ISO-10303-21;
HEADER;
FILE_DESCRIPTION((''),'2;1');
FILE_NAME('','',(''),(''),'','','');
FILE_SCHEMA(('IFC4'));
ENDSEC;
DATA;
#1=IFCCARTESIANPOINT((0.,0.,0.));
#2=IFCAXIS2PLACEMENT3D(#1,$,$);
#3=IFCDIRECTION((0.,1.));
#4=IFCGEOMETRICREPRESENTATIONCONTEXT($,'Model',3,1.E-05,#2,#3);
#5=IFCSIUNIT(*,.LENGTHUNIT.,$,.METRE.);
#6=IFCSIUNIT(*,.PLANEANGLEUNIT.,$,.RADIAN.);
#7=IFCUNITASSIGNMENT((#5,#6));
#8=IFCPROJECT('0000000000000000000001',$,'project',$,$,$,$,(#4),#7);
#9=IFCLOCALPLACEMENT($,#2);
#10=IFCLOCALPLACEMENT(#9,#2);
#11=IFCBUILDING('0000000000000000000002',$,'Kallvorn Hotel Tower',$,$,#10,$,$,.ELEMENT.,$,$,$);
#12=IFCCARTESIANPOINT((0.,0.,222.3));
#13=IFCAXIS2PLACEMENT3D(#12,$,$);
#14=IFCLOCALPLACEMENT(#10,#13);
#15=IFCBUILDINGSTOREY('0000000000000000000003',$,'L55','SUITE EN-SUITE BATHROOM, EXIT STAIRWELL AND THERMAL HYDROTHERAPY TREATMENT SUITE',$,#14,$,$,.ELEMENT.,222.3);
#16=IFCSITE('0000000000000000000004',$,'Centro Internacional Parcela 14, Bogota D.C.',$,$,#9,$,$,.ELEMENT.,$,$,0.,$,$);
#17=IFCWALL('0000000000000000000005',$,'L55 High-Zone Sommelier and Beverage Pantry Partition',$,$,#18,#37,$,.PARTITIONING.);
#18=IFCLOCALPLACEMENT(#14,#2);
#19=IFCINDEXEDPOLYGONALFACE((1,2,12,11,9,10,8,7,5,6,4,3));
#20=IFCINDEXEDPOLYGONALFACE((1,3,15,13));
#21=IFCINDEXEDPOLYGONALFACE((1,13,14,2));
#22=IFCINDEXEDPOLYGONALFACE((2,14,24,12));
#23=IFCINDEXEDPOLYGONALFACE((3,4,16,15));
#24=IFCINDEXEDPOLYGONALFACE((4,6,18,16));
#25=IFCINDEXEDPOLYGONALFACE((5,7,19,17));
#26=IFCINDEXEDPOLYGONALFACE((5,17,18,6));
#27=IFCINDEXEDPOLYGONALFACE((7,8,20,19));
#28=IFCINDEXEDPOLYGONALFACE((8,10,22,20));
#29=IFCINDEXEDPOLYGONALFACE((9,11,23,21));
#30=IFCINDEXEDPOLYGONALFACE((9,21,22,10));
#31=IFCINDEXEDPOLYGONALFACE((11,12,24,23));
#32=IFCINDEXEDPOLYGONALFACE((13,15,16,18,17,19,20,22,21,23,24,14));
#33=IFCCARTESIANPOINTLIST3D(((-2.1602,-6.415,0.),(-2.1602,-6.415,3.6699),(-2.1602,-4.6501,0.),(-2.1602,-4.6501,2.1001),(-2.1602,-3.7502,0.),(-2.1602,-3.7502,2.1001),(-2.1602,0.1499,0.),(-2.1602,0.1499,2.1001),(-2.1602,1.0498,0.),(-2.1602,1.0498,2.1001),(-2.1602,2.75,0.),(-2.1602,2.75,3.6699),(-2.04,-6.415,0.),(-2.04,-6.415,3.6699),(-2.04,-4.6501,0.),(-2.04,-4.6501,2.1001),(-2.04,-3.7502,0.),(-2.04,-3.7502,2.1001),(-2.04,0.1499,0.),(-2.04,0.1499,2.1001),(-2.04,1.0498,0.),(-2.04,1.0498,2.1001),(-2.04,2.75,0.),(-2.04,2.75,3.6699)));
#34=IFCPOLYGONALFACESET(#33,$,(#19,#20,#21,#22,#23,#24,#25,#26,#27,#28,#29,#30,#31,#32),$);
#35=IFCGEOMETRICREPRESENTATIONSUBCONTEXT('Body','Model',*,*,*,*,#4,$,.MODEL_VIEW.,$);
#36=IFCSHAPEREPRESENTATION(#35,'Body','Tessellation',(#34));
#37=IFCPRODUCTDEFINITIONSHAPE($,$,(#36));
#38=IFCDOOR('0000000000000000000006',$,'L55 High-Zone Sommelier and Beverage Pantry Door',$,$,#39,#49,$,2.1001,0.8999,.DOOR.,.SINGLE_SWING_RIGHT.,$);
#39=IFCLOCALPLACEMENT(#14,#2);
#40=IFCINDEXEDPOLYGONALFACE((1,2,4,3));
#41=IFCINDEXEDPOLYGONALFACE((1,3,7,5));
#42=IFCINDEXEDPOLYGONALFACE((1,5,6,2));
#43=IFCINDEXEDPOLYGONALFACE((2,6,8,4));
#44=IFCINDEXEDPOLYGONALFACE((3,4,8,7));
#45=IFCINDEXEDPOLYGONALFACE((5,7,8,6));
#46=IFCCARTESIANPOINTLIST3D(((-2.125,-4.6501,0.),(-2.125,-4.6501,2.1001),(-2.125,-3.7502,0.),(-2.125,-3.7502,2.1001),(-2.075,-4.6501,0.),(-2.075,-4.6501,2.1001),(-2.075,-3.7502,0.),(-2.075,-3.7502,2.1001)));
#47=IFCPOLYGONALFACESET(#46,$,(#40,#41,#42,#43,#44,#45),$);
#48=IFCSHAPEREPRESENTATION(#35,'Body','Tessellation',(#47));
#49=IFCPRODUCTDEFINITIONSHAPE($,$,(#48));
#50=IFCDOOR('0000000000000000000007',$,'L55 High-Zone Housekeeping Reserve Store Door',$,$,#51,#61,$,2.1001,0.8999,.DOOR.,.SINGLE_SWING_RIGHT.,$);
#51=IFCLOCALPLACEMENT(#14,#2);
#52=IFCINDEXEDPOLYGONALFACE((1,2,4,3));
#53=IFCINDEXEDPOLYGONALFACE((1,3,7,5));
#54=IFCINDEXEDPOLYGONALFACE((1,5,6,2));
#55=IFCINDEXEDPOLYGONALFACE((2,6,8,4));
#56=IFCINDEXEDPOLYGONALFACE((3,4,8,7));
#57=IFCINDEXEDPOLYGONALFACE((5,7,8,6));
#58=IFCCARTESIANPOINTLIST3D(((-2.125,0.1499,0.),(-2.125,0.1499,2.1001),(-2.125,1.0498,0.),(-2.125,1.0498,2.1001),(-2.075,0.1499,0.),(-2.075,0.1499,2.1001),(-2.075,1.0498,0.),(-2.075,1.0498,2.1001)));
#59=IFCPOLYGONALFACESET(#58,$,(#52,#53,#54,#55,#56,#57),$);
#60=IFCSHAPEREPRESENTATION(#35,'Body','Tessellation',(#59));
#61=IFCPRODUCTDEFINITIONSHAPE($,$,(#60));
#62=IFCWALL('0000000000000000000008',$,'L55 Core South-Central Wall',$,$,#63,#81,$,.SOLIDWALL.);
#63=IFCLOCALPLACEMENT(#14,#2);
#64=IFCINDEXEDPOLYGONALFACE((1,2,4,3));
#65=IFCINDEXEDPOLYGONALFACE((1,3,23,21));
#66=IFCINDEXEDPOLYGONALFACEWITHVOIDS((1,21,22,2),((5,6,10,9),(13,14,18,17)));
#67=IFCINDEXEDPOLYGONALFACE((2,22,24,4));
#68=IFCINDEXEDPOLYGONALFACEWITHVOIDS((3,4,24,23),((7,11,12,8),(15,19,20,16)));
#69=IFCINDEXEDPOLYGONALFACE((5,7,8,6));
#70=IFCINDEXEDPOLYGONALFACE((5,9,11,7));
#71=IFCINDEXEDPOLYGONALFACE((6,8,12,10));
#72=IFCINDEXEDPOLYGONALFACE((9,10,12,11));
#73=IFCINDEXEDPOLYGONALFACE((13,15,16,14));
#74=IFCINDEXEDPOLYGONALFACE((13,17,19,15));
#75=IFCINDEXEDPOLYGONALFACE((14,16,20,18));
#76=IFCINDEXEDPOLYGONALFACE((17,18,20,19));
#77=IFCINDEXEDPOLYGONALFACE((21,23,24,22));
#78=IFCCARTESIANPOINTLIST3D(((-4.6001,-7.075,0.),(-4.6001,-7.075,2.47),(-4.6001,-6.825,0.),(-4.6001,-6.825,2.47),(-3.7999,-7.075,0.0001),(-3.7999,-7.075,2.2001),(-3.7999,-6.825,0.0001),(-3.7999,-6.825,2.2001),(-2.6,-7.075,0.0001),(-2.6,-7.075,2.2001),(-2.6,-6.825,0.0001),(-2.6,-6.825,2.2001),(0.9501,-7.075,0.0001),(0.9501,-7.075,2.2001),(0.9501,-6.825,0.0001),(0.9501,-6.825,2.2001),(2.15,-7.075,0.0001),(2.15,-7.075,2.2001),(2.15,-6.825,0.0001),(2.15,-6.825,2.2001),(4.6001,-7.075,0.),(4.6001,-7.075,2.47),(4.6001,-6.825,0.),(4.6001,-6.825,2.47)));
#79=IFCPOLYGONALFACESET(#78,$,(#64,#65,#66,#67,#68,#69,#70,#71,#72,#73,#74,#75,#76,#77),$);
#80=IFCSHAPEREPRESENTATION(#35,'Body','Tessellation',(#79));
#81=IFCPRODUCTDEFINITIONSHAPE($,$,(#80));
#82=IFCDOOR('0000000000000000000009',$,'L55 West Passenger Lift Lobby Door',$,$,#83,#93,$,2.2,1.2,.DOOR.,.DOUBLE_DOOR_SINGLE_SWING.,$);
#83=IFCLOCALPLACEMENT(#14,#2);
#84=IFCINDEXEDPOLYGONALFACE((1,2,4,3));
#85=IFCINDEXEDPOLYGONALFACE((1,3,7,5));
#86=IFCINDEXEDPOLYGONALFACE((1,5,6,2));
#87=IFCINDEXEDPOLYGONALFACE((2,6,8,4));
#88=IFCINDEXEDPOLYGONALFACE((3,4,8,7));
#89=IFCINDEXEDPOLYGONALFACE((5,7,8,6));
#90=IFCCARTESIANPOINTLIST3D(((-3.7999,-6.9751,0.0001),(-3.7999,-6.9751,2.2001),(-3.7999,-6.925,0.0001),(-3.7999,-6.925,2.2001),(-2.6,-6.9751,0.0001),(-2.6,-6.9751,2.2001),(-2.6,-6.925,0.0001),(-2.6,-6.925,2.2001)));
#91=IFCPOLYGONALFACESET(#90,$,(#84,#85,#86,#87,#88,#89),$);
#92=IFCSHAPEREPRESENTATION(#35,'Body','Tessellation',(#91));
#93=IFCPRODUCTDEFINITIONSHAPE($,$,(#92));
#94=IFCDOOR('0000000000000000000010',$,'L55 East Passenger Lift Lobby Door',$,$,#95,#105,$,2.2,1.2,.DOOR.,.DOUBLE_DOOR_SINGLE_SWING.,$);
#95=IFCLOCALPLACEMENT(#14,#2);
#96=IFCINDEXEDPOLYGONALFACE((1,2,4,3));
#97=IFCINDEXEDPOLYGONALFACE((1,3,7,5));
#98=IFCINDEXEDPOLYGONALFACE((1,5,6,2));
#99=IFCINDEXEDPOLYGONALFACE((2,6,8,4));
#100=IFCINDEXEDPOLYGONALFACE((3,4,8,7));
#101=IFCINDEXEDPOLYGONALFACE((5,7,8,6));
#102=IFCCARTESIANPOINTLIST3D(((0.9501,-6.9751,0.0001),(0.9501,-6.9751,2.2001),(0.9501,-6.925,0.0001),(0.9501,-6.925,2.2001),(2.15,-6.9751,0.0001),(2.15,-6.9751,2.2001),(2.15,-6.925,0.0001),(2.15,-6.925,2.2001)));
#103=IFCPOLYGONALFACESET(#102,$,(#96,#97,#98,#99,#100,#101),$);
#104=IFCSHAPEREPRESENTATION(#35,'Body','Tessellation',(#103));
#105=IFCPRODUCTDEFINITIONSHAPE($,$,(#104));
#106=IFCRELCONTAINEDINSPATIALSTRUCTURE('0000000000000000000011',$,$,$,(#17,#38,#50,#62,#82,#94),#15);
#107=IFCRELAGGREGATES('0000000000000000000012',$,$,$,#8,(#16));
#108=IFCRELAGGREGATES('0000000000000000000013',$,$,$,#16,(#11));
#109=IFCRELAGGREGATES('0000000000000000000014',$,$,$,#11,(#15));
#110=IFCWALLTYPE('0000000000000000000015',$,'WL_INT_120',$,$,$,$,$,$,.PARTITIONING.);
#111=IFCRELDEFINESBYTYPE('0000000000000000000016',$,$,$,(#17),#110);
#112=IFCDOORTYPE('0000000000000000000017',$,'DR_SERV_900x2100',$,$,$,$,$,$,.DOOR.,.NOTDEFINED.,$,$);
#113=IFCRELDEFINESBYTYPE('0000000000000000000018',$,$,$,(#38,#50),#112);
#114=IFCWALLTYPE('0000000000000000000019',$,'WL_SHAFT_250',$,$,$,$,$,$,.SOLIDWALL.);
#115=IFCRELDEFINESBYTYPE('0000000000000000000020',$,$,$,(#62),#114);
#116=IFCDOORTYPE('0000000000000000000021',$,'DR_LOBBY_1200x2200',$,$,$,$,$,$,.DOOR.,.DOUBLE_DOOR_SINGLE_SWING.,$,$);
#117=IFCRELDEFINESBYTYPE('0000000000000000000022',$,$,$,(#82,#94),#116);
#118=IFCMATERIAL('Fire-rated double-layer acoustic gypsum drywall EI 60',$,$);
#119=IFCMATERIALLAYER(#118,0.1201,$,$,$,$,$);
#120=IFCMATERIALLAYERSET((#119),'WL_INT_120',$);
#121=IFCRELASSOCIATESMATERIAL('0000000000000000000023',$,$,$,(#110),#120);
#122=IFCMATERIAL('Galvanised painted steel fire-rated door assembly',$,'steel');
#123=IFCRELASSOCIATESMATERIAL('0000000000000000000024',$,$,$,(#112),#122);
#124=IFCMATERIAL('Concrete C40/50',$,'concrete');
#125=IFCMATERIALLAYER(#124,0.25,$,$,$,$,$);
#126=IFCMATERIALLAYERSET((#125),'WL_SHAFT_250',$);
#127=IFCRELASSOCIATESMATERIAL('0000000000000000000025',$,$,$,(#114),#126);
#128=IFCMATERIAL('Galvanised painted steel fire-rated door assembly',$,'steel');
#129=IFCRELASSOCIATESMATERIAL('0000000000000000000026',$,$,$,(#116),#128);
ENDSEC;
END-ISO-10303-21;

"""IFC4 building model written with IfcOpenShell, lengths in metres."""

from ifc_helpers import new_model, si_unit, direction, frame, frame_2d, origin, place, context, subcontext, project, spatial, rectangle, extrude, material, layer, layer_set, type_object, element, fill, save


model = new_model("IFC4")

# Units and contexts
model_context = context("Model", 3, precision=1e-05, world=origin(), true_north=direction((0.0, 1.0)))
body_context = subcontext(model_context, "Body", "Model", "MODEL_VIEW")
ifc_project = project(units=[si_unit("LENGTHUNIT", "METRE"), si_unit("PLANEANGLEUNIT", "RADIAN")], contexts=[model_context])

# Site, building, storey
site_placement = place(None, origin())
site = spatial("IfcSite", under=ifc_project, at=site_placement, Name="Centro Internacional Parcela 14, Bogota D.C.", CompositionType="ELEMENT", RefElevation=0.0)
building_placement = place(site_placement, origin())
building = spatial("IfcBuilding", under=site, at=building_placement, Name="Kallvorn Hotel Tower", CompositionType="ELEMENT")
storey_placement = place(building_placement, frame((0.0, 0.0, 222.3)))
storey = spatial("IfcBuildingStorey", under=building, at=storey_placement, Name="L55", Description="SUITE EN-SUITE BATHROOM, EXIT STAIRWELL AND THERMAL HYDROTHERAPY TREATMENT SUITE", CompositionType="ELEMENT", Elevation=222.3)

# Shared definitions
ifc_material_1 = material(Name="Fire-rated double-layer acoustic gypsum drywall EI 60")
ifc_layer_1 = layer(ifc_material_1, 0.1201)
ifc_layer_set_1 = layer_set([ifc_layer_1], Name="WL_INT_120")
wall_type_1 = type_object("IfcWallType", Name="WL_INT_120", PredefinedType="PARTITIONING", material=ifc_layer_set_1)

# Shared definitions
ifc_material_2 = material(Name="Galvanised painted steel fire-rated door assembly", Category="steel")
door_type_1 = type_object("IfcDoorType", Name="DR_SERV_900x2100", OperationType="NOTDEFINED", PredefinedType="DOOR", material=ifc_material_2)

# Walls, openings, doors
wall_1_placement = place(storey_placement, frame((-2.1001, -6.415, 0.0), z_axis=(0.0, 0.0, 1.0), x_axis=(0.0, 1.0, 0.0)))
wall_1 = element("IfcWall", 1, at=wall_1_placement, inside=storey, type_object=wall_type_1, Name="L55 High-Zone Sommelier and Beverage Pantry Partition", PredefinedType="PARTITIONING", context=body_context, shape_type="SweptSolid", body=[
    extrude(rectangle(XDim=9.165, YDim=0.1201, at=frame_2d((4.5825, 0.0))), origin(), (0.0, 0.0, 1.0), 3.6699),
])
opening_1_placement = place(wall_1_placement, frame((1.7649, 0.0, 0.0)))
opening_1 = element("IfcOpeningElement", 2, at=opening_1_placement, cuts=wall_1, PredefinedType="OPENING", context=body_context, shape_type="SweptSolid", body=[
    extrude(rectangle(XDim=0.8999, YDim=2.1001, at=frame_2d((0.45, 1.05))), frame((0.0, 0.075, 0.0), z_axis=(0.0, -1.0, 0.0), x_axis=(1.0, 0.0, 0.0)), (0.0, 0.0, 1.0), 0.1501),
])
opening_2_placement = place(wall_1_placement, frame((6.5649, 0.0, 0.0)))
opening_2 = element("IfcOpeningElement", 3, at=opening_2_placement, cuts=wall_1, PredefinedType="OPENING", context=body_context, shape_type="SweptSolid", body=[
    extrude(rectangle(XDim=0.8999, YDim=2.1001, at=frame_2d((0.45, 1.05))), frame((0.0, 0.075, 0.0), z_axis=(0.0, -1.0, 0.0), x_axis=(1.0, 0.0, 0.0)), (0.0, 0.0, 1.0), 0.1501),
])
door_1_placement = place(opening_1_placement, origin())
door_1 = element("IfcDoor", 4, at=door_1_placement, inside=storey, type_object=door_type_1, Name="L55 High-Zone Sommelier and Beverage Pantry Door", OperationType="SINGLE_SWING_RIGHT", OverallHeight=2.1001, OverallWidth=0.8999, PredefinedType="DOOR", context=body_context, shape_type="SweptSolid", body=[
    extrude(rectangle(XDim=0.8999, YDim=2.1001, at=frame_2d((0.45, 1.05))), frame((0.0, 0.0249, 0.0), z_axis=(0.0, -1.0, 0.0), x_axis=(1.0, 0.0, 0.0)), (0.0, 0.0, 1.0), 0.05),
])
fill(opening_1, door_1)
door_2_placement = place(opening_2_placement, origin())
door_2 = element("IfcDoor", 5, at=door_2_placement, inside=storey, type_object=door_type_1, Name="L55 High-Zone Housekeeping Reserve Store Door", OperationType="SINGLE_SWING_RIGHT", OverallHeight=2.1001, OverallWidth=0.8999, PredefinedType="DOOR", context=body_context, shape_type="SweptSolid", body=[
    extrude(rectangle(XDim=0.8999, YDim=2.1001, at=frame_2d((0.45, 1.05))), frame((0.0, 0.0249, 0.0), z_axis=(0.0, -1.0, 0.0), x_axis=(1.0, 0.0, 0.0)), (0.0, 0.0, 1.0), 0.05),
])
fill(opening_2, door_2)
ifc_material_3 = material(Name="Concrete C40/50", Category="concrete")
ifc_layer_2 = layer(ifc_material_3, 0.25)
ifc_layer_set_2 = layer_set([ifc_layer_2], Name="WL_SHAFT_250")
wall_type_2 = type_object("IfcWallType", Name="WL_SHAFT_250", PredefinedType="SOLIDWALL", material=ifc_layer_set_2)
wall_2_placement = place(storey_placement, frame((-4.6001, -6.95, 0.0), z_axis=(0.0, 0.0, 1.0), x_axis=(1.0, 0.0, 0.0)))
wall_2 = element("IfcWall", 6, at=wall_2_placement, inside=storey, type_object=wall_type_2, Name="L55 Core South-Central Wall", PredefinedType="SOLIDWALL", context=body_context, shape_type="SweptSolid", body=[
    extrude(rectangle(XDim=9.2002, YDim=0.25, at=frame_2d((4.6001, 0.0))), origin(), (0.0, 0.0, 1.0), 2.47),
])
opening_3_placement = place(wall_2_placement, frame((0.8, 0.0, 0.0)))
opening_3 = element("IfcOpeningElement", 7, at=opening_3_placement, cuts=wall_2, PredefinedType="OPENING", context=body_context, shape_type="SweptSolid", body=[
    extrude(rectangle(XDim=1.2, YDim=2.2, at=frame_2d((0.6001, 1.1001))), frame((0.0, 0.1399, 0.0), z_axis=(0.0, -1.0, 0.0), x_axis=(1.0, 0.0, 0.0)), (0.0, 0.0, 1.0), 0.28),
])
opening_4_placement = place(wall_2_placement, frame((5.55, 0.0, 0.0)))
opening_4 = element("IfcOpeningElement", 8, at=opening_4_placement, cuts=wall_2, PredefinedType="OPENING", context=body_context, shape_type="SweptSolid", body=[
    extrude(rectangle(XDim=1.2, YDim=2.2, at=frame_2d((0.6001, 1.1001))), frame((0.0, 0.1399, 0.0), z_axis=(0.0, -1.0, 0.0), x_axis=(1.0, 0.0, 0.0)), (0.0, 0.0, 1.0), 0.28),
])
ifc_material_4 = material(Name="Galvanised painted steel fire-rated door assembly", Category="steel")
door_type_2 = type_object("IfcDoorType", Name="DR_LOBBY_1200x2200", OperationType="DOUBLE_DOOR_SINGLE_SWING", PredefinedType="DOOR", material=ifc_material_4)
door_3_placement = place(opening_3_placement, origin())
door_3 = element("IfcDoor", 9, at=door_3_placement, inside=storey, type_object=door_type_2, Name="L55 West Passenger Lift Lobby Door", OperationType="DOUBLE_DOOR_SINGLE_SWING", OverallHeight=2.2, OverallWidth=1.2, PredefinedType="DOOR", context=body_context, shape_type="SweptSolid", body=[
    extrude(rectangle(XDim=1.2, YDim=2.2, at=frame_2d((0.6001, 1.1001))), frame((0.0, 0.0249, 0.0), z_axis=(0.0, -1.0, 0.0), x_axis=(1.0, 0.0, 0.0)), (0.0, 0.0, 1.0), 0.05),
])
fill(opening_3, door_3)
door_4_placement = place(opening_4_placement, origin())
door_4 = element("IfcDoor", 10, at=door_4_placement, inside=storey, type_object=door_type_2, Name="L55 East Passenger Lift Lobby Door", OperationType="DOUBLE_DOOR_SINGLE_SWING", OverallHeight=2.2, OverallWidth=1.2, PredefinedType="DOOR", context=body_context, shape_type="SweptSolid", body=[
    extrude(rectangle(XDim=1.2, YDim=2.2, at=frame_2d((0.6001, 1.1001))), frame((0.0, 0.0249, 0.0), z_axis=(0.0, -1.0, 0.0), x_axis=(1.0, 0.0, 0.0)), (0.0, 0.0, 1.0), 0.05),
])
fill(opening_4, door_4)

save(model, "model.ifc")
